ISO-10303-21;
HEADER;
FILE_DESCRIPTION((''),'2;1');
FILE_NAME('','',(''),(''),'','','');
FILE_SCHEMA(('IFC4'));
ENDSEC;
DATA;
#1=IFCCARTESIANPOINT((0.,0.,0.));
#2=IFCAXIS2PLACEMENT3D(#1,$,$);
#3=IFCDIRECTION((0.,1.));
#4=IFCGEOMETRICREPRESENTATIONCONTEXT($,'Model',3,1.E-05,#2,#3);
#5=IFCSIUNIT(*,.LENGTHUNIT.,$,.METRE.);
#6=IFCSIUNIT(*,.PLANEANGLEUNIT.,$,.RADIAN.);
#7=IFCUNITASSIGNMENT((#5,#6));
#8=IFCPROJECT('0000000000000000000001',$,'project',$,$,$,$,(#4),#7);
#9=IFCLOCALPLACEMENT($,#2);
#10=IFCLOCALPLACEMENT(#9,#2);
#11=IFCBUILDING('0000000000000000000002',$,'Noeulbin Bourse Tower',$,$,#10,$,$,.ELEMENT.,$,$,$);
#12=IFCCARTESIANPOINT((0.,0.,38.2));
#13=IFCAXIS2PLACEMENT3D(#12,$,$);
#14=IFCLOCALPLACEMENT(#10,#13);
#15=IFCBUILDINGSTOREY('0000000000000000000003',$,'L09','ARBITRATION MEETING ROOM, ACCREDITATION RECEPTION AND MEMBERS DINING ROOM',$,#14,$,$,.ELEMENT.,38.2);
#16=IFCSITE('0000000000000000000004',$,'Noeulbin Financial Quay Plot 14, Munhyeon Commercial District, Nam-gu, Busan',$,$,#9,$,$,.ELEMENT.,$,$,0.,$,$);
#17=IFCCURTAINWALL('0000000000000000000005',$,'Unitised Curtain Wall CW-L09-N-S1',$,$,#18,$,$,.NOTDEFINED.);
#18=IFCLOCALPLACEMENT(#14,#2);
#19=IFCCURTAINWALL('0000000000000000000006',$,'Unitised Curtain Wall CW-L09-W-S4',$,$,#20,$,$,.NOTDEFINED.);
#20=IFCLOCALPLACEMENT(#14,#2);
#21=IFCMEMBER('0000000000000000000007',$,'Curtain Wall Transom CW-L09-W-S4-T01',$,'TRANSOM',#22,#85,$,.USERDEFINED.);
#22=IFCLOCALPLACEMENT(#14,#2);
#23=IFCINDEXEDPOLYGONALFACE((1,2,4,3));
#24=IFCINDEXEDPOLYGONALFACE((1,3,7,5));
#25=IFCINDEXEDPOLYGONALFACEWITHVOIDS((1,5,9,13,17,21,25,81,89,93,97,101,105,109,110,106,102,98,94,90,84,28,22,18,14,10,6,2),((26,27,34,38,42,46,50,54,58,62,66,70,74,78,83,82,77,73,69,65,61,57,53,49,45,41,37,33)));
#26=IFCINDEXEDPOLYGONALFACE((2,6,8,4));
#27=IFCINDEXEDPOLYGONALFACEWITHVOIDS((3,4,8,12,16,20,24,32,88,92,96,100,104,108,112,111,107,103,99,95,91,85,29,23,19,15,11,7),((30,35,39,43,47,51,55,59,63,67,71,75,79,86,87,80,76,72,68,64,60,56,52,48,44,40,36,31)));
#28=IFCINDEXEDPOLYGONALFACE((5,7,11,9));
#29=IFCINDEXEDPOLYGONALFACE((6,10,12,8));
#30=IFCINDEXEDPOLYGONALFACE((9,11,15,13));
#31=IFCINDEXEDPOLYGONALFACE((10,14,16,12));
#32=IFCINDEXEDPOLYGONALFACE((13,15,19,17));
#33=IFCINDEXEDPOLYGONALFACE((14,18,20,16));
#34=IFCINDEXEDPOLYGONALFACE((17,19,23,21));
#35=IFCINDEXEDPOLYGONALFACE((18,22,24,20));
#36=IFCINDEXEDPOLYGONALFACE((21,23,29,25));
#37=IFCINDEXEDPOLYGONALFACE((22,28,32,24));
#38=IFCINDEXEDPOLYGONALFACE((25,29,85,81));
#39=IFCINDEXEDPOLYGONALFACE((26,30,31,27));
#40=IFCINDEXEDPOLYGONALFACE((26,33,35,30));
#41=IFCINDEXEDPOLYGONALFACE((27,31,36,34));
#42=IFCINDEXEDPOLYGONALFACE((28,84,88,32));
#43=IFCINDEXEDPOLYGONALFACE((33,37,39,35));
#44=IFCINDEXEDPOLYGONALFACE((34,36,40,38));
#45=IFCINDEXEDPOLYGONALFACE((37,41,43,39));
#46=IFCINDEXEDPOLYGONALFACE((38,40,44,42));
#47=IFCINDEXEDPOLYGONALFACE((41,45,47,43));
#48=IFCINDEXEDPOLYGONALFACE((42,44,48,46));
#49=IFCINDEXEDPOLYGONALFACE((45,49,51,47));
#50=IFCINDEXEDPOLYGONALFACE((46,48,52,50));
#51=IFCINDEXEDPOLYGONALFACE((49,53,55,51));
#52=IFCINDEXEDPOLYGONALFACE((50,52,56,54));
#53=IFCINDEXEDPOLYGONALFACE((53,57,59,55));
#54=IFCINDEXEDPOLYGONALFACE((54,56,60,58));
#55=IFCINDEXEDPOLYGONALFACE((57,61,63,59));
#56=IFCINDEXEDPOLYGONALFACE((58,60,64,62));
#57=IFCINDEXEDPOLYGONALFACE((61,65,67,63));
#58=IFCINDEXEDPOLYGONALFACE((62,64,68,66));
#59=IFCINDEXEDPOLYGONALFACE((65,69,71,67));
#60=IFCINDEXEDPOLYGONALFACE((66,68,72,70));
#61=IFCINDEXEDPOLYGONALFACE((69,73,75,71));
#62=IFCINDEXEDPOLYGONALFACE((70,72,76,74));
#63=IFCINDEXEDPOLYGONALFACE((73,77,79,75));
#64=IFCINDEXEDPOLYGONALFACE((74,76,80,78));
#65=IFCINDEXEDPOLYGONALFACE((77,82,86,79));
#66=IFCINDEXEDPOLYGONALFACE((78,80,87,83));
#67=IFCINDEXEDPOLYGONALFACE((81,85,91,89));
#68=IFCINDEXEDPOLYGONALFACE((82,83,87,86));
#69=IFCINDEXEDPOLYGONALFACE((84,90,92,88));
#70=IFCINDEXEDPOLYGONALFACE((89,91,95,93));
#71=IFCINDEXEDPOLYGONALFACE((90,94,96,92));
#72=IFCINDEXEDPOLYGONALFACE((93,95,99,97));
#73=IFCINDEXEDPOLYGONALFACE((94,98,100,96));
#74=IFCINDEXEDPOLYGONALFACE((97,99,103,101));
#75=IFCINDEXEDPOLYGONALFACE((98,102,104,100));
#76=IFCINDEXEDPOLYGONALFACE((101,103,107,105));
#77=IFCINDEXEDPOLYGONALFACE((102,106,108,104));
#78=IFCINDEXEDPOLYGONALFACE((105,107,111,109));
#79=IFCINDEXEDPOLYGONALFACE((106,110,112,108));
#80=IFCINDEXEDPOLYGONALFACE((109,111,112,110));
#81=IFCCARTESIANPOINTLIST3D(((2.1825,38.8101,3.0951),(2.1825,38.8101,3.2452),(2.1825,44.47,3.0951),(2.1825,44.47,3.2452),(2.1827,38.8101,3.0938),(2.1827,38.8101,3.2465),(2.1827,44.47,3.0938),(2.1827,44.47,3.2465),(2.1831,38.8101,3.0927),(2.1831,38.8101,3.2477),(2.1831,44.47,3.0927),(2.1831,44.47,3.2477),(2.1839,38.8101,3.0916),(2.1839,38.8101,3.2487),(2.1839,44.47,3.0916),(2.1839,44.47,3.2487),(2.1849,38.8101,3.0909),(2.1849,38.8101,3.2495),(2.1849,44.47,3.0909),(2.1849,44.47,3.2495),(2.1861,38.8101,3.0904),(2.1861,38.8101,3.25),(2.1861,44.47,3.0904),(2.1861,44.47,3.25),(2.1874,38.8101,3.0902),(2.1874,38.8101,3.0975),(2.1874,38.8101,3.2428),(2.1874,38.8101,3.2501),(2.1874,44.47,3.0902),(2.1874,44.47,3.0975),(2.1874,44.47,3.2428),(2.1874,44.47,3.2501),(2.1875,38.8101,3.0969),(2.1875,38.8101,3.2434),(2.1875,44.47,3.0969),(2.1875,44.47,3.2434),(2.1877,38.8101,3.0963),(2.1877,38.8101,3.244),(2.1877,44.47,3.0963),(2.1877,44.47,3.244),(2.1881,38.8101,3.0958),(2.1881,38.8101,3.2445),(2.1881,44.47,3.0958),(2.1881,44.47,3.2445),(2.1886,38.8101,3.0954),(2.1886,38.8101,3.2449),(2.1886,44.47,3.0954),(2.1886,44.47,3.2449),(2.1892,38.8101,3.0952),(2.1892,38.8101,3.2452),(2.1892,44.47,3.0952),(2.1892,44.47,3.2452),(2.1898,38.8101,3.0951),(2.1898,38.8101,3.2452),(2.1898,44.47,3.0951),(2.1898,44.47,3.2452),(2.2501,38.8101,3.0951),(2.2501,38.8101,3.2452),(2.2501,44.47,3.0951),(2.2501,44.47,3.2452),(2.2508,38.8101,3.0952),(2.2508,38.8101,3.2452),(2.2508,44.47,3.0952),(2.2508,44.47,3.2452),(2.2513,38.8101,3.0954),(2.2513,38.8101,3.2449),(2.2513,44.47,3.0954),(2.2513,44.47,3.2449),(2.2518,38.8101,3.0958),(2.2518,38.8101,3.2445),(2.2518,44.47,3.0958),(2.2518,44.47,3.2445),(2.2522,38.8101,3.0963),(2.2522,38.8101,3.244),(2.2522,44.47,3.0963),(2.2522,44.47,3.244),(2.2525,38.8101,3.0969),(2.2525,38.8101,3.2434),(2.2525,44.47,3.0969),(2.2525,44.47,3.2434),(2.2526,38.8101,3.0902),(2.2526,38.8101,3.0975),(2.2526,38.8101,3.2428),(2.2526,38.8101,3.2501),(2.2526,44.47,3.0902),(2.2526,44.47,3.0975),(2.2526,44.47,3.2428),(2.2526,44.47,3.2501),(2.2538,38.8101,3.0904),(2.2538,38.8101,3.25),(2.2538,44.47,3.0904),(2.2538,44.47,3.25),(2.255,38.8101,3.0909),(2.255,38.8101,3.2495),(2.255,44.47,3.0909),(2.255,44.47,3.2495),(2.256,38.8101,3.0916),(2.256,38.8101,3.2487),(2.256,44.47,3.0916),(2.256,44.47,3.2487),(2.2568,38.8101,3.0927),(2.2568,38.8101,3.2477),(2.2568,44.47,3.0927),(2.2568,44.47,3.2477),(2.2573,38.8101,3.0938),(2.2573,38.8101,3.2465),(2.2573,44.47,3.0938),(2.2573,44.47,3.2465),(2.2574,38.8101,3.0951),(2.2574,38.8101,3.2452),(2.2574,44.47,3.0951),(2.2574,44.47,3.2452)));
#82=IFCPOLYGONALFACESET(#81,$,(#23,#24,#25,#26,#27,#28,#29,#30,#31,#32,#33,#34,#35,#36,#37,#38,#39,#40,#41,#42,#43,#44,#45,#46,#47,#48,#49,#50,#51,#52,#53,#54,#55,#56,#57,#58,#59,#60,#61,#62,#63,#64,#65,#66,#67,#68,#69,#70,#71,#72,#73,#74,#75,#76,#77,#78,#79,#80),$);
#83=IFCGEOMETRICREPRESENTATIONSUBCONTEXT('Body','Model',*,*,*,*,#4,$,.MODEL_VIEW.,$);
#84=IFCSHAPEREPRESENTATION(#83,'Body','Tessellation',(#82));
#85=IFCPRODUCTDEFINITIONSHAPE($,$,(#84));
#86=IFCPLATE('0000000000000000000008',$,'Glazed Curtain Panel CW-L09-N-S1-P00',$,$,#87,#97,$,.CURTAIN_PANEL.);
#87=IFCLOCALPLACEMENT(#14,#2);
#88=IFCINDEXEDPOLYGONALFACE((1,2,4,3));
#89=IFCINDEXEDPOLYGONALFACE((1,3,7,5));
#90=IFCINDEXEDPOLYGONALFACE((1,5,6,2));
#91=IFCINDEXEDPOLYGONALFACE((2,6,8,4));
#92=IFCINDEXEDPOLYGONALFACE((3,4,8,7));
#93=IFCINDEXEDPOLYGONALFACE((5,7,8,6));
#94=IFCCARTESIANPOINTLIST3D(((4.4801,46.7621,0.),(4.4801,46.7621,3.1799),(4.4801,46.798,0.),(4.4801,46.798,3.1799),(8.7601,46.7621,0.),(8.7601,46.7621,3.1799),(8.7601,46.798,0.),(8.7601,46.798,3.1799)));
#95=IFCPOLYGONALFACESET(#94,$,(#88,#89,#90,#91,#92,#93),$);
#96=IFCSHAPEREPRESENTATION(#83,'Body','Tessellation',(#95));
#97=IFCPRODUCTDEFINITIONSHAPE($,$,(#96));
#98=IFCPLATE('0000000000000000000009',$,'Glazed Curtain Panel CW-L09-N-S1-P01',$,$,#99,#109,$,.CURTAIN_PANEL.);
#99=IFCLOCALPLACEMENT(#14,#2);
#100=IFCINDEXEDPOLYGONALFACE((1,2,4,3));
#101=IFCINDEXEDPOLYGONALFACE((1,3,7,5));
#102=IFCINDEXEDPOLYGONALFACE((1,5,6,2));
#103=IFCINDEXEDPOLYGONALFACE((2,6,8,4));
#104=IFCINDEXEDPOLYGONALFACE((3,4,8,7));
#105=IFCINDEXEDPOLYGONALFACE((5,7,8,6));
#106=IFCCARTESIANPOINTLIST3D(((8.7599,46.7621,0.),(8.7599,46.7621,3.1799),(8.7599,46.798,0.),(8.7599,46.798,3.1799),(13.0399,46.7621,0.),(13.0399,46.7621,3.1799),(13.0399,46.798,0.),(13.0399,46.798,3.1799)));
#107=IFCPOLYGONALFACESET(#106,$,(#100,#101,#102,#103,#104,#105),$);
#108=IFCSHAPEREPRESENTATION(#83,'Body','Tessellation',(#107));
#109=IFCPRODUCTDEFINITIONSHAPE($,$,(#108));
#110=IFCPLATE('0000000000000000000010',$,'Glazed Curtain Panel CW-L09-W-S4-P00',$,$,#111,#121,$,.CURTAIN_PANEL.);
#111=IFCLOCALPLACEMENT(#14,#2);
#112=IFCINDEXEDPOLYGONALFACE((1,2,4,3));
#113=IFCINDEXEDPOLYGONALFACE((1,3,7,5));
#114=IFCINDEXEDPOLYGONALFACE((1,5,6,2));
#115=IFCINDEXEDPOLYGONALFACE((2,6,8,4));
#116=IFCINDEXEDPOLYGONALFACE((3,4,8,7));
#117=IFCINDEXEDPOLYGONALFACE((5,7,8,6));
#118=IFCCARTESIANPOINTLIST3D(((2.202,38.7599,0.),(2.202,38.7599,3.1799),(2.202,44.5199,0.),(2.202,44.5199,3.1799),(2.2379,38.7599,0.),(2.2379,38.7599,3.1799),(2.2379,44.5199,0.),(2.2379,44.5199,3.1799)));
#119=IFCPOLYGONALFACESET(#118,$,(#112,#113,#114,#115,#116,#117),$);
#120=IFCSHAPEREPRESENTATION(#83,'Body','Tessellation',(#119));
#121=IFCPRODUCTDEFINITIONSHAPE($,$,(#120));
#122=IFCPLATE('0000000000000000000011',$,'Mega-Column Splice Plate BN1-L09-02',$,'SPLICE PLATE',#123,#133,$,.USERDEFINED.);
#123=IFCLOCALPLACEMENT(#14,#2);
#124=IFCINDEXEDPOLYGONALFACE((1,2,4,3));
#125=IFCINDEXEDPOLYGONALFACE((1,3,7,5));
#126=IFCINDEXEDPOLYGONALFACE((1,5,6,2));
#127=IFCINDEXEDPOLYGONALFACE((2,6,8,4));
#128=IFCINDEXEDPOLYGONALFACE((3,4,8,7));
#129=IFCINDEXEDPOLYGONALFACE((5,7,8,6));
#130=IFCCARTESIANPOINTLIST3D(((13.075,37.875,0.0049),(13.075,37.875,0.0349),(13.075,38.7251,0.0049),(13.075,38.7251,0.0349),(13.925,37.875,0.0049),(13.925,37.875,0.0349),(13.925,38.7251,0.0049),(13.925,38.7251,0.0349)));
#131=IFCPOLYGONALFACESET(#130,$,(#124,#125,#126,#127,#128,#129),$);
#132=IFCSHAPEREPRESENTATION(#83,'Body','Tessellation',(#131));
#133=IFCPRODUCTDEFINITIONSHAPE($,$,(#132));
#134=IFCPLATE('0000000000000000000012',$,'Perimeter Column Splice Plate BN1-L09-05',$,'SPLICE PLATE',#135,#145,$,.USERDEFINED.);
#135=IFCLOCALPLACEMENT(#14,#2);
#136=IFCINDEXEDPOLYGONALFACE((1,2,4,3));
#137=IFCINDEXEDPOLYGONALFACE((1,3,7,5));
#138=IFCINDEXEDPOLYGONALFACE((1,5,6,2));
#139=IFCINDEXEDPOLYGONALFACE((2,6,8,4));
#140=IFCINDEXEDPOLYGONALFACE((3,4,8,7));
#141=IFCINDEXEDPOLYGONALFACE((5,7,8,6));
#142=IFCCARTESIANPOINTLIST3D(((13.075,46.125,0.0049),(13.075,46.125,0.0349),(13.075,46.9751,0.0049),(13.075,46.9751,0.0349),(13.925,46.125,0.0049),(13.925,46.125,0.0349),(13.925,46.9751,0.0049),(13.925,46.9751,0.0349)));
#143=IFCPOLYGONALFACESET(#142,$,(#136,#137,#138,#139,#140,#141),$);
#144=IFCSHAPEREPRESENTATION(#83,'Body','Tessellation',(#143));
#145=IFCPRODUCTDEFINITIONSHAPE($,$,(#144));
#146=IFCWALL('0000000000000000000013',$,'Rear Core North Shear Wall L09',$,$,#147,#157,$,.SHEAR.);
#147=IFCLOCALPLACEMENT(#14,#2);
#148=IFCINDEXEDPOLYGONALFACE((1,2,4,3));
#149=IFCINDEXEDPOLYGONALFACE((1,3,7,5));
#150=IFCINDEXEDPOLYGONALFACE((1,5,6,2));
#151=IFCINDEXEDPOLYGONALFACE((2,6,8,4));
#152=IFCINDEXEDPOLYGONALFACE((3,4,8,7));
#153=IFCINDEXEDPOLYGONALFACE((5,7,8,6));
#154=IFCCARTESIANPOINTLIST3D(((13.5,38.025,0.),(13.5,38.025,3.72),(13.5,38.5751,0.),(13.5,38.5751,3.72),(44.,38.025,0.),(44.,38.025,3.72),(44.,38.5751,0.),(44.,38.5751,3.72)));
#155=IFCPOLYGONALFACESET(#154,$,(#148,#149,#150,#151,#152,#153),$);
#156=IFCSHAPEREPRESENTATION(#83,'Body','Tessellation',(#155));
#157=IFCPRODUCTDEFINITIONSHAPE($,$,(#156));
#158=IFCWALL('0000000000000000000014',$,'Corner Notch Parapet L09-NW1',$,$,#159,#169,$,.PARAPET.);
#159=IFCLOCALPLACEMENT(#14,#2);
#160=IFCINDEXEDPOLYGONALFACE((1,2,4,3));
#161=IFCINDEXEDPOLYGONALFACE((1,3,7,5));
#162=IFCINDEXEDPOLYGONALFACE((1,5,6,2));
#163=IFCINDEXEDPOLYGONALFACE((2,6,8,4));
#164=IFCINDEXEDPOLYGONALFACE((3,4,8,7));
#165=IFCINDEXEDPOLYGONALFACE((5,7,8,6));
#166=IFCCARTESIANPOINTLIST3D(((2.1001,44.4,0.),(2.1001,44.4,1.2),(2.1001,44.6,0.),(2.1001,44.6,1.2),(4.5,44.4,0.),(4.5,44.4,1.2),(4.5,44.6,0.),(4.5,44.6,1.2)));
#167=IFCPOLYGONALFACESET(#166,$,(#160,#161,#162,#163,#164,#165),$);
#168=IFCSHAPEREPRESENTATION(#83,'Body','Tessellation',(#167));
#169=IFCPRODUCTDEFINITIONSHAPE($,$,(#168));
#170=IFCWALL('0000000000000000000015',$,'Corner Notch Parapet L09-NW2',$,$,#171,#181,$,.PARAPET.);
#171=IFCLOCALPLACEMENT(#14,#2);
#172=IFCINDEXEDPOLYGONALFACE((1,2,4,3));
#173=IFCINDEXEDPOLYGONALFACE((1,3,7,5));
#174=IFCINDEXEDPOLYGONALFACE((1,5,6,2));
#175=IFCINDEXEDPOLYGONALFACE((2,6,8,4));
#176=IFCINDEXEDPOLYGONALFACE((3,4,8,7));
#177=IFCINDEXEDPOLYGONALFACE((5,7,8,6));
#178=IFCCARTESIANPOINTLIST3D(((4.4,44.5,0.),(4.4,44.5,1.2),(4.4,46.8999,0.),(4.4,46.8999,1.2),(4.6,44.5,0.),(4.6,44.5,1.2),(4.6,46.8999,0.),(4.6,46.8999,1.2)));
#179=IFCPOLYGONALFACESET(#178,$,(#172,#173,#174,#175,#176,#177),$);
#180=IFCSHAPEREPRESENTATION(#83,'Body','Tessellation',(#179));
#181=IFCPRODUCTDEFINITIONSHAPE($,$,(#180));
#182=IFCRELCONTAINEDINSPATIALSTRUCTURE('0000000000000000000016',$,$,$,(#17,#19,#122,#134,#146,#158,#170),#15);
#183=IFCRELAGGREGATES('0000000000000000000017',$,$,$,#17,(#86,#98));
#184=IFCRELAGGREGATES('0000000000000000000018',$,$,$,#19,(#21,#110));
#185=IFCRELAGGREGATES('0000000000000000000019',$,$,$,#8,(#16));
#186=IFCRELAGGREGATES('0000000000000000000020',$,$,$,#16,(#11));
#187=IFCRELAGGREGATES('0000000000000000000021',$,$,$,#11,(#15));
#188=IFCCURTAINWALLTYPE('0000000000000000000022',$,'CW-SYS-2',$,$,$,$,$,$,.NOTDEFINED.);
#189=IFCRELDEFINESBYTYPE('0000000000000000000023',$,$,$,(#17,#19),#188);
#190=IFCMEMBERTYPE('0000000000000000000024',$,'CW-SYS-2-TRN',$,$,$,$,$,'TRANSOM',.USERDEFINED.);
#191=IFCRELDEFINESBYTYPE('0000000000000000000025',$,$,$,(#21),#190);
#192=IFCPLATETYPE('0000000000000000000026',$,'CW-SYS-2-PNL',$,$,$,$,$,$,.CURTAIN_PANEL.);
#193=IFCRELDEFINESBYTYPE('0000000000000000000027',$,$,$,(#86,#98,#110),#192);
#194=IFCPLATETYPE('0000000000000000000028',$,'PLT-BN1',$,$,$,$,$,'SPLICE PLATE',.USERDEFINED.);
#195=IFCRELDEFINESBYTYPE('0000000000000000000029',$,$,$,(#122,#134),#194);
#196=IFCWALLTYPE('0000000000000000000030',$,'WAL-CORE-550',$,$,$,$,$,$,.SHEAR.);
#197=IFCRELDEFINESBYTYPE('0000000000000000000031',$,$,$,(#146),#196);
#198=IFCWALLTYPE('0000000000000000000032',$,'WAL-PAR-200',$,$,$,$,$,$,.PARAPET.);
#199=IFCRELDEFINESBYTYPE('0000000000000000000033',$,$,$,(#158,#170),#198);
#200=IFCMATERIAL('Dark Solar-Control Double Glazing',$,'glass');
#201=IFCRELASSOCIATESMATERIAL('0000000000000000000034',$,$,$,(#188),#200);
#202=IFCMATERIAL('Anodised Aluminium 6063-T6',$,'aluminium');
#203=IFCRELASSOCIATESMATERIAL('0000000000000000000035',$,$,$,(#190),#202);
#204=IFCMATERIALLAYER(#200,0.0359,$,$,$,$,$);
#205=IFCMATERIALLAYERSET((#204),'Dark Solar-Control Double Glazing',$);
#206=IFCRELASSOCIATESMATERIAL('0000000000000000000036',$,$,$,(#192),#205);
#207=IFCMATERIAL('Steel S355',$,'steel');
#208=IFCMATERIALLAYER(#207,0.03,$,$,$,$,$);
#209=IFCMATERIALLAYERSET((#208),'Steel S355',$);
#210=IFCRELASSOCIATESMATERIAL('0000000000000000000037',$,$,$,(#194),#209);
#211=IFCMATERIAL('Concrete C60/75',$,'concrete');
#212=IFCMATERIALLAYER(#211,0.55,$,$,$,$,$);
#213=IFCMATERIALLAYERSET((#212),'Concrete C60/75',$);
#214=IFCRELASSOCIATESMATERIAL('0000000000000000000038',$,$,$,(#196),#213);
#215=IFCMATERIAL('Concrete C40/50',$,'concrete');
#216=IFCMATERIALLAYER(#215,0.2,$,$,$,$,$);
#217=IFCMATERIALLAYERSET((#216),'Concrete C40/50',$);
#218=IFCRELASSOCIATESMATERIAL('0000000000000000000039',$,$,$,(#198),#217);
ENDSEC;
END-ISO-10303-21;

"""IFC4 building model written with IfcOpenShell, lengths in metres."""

from ifc_helpers import new_model, si_unit, direction, frame, frame_2d, origin, origin_2d, place, context, subcontext, project, spatial, rectangle, hollow_rectangle, extrude, material, layer, layer_set, material_profile, profile_set, type_object, element, aggregate, save


model = new_model("IFC4")

# Units and contexts
model_context = context("Model", 3, precision=1e-05, world=origin(), true_north=direction((0.0, 1.0)))
body_context = subcontext(model_context, "Body", "Model", "MODEL_VIEW")
ifc_project = project(units=[si_unit("LENGTHUNIT", "METRE"), si_unit("PLANEANGLEUNIT", "RADIAN")], contexts=[model_context])

# Site, building, storey
site_placement = place(None, origin())
site = spatial("IfcSite", under=ifc_project, at=site_placement, Name="Noeulbin Financial Quay Plot 14, Munhyeon Commercial District, Nam-gu, Busan", CompositionType="ELEMENT", RefElevation=0.0)
building_placement = place(site_placement, origin())
building = spatial("IfcBuilding", under=site, at=building_placement, Name="Noeulbin Bourse Tower", CompositionType="ELEMENT")
storey_placement = place(building_placement, frame((0.0, 0.0, 38.2)))
storey = spatial("IfcBuildingStorey", under=building, at=storey_placement, Name="L09", Description="ARBITRATION MEETING ROOM, ACCREDITATION RECEPTION AND MEMBERS DINING ROOM", CompositionType="ELEMENT", Elevation=38.2)

# Shared definitions
ifc_material_1 = material(Name="Steel S355", Category="steel")

# Curtain wall
ifc_material_2 = material(Name="Dark Solar-Control Double Glazing", Category="glass")
curtain_wall_type = type_object("IfcCurtainWallType", Name="CW-SYS-2", PredefinedType="NOTDEFINED", material=ifc_material_2)
curtain_wall_1_placement = place(storey_placement, origin())
curtain_wall_1 = element("IfcCurtainWall", 1, at=curtain_wall_1_placement, inside=storey, type_object=curtain_wall_type, Name="Unitised Curtain Wall CW-L09-N-S1", PredefinedType="NOTDEFINED")
ifc_material_3 = material(Name="Anodised Aluminium 6063-T6", Category="aluminium")

# Curtain wall
curtain_wall_2_placement = place(storey_placement, origin())
curtain_wall_2 = element("IfcCurtainWall", 2, at=curtain_wall_2_placement, inside=storey, type_object=curtain_wall_type, Name="Unitised Curtain Wall CW-L09-W-S4", PredefinedType="NOTDEFINED")

# Member
ifc_material_profile_1 = material_profile(ifc_material_3, hollow_rectangle(XDim=0.075, YDim=0.1599, WallThickness=0.0049, InnerFilletRadius=0.0024, OuterFilletRadius=0.0049, at=origin_2d()), Name="ALU-TRAN-75x160x5", Category="LoadBearing")
ifc_profile_set_1 = profile_set([ifc_material_profile_1], Name="Anodised Aluminium 6063-T6")
member_type_1 = type_object("IfcMemberType", Name="CW-SYS-2-TRN", ElementType="TRANSOM", PredefinedType="USERDEFINED", material=ifc_profile_set_1)
member_1_placement = place(storey_placement, frame((2.22, 38.8101, 3.1702), z_axis=(0.0, 1.0, 0.0), x_axis=(-1.0, 0.0, 0.0)))
member_1 = element("IfcMember", 3, at=member_1_placement, type_object=member_type_1, Name="Curtain Wall Transom CW-L09-W-S4-T01", ObjectType="TRANSOM", PredefinedType="USERDEFINED", context=body_context, shape_type="SweptSolid", body=[
    extrude(hollow_rectangle(XDim=0.075, YDim=0.1599, WallThickness=0.0049, InnerFilletRadius=0.0024, OuterFilletRadius=0.0049, at=origin_2d()), origin(), (0.0, 0.0, 1.0), 5.6599),
])

# Plates
ifc_layer_1 = layer(ifc_material_2, 0.0359)
ifc_layer_set_1 = layer_set([ifc_layer_1], Name="Dark Solar-Control Double Glazing")
plate_type_1 = type_object("IfcPlateType", Name="CW-SYS-2-PNL", PredefinedType="CURTAIN_PANEL", material=ifc_layer_set_1)
plate_1_placement = place(storey_placement, frame((6.6201, 46.78, 0.0), z_axis=(0.0, 0.0, 1.0), x_axis=(1.0, 0.0, 0.0)))
plate_1 = element("IfcPlate", 4, at=plate_1_placement, type_object=plate_type_1, Name="Glazed Curtain Panel CW-L09-N-S1-P00", PredefinedType="CURTAIN_PANEL", context=body_context, shape_type="SweptSolid", body=[
    extrude(rectangle(XDim=4.28, YDim=0.0359, at=origin_2d()), origin(), (0.0, 0.0, 1.0), 3.1799),
])
plate_2_placement = place(storey_placement, frame((10.8999, 46.78, 0.0), z_axis=(0.0, 0.0, 1.0), x_axis=(1.0, 0.0, 0.0)))
plate_2 = element("IfcPlate", 5, at=plate_2_placement, type_object=plate_type_1, Name="Glazed Curtain Panel CW-L09-N-S1-P01", PredefinedType="CURTAIN_PANEL", context=body_context, shape_type="SweptSolid", body=[
    extrude(rectangle(XDim=4.28, YDim=0.0359, at=origin_2d()), origin(), (0.0, 0.0, 1.0), 3.1799),
])
aggregate(curtain_wall_1, [plate_1, plate_2])
plate_3_placement = place(storey_placement, frame((2.22, 41.6399, 0.0), z_axis=(0.0, 0.0, 1.0), x_axis=(0.0, 1.0, 0.0)))
plate_3 = element("IfcPlate", 6, at=plate_3_placement, type_object=plate_type_1, Name="Glazed Curtain Panel CW-L09-W-S4-P00", PredefinedType="CURTAIN_PANEL", context=body_context, shape_type="SweptSolid", body=[
    extrude(rectangle(XDim=5.76, YDim=0.0359, at=origin_2d()), origin(), (0.0, 0.0, 1.0), 3.1799),
])
aggregate(curtain_wall_2, [member_1, plate_3])

# Plates
ifc_layer_2 = layer(ifc_material_1, 0.03)
ifc_layer_set_2 = layer_set([ifc_layer_2], Name="Steel S355")
plate_type_2 = type_object("IfcPlateType", Name="PLT-BN1", ElementType="SPLICE PLATE", PredefinedType="USERDEFINED", material=ifc_layer_set_2)
for number, where, z_axis, x_axis, name in (
    (7, (13.5, 38.3, 0.0049), (0.0, 0.0, 1.0), (1.0, 0.0, 0.0), "Mega-Column Splice Plate BN1-L09-02"),
    (8, (13.5, 46.55, 0.0049), (0.0, 0.0, 1.0), (1.0, 0.0, 0.0), "Perimeter Column Splice Plate BN1-L09-05"),
):
    element("IfcPlate", number, at=place(storey_placement, frame(where, z_axis=z_axis, x_axis=x_axis)), inside=storey, type_object=plate_type_2, Name=name, ObjectType="SPLICE PLATE", PredefinedType="USERDEFINED", context=body_context, shape_type="SweptSolid", body=[
        extrude(rectangle(XDim=0.8501, YDim=0.8501, at=origin_2d()), origin(), (0.0, 0.0, 1.0), 0.03),
    ])

# Walls
ifc_material_4 = material(Name="Concrete C60/75", Category="concrete")
ifc_layer_3 = layer(ifc_material_4, 0.55)
ifc_layer_set_3 = layer_set([ifc_layer_3], Name="Concrete C60/75")
wall_type_1 = type_object("IfcWallType", Name="WAL-CORE-550", PredefinedType="SHEAR", material=ifc_layer_set_3)
wall_1_placement = place(storey_placement, frame((13.5, 38.3, 0.0), z_axis=(0.0, 0.0, 1.0), x_axis=(1.0, 0.0, 0.0)))
element("IfcWall", 9, at=wall_1_placement, inside=storey, type_object=wall_type_1, Name="Rear Core North Shear Wall L09", PredefinedType="SHEAR", context=body_context, shape_type="SweptSolid", body=[
    extrude(rectangle(XDim=30.5, YDim=0.55, at=frame_2d((15.25, 0.0))), origin(), (0.0, 0.0, 1.0), 3.72),
])
ifc_material_5 = material(Name="Concrete C40/50", Category="concrete")
ifc_layer_4 = layer(ifc_material_5, 0.2)
ifc_layer_set_4 = layer_set([ifc_layer_4], Name="Concrete C40/50")
wall_type_2 = type_object("IfcWallType", Name="WAL-PAR-200", PredefinedType="PARAPET", material=ifc_layer_set_4)
for number, where, z_axis, x_axis, name in (
    (10, (2.1001, 44.5, 0.0), (0.0, 0.0, 1.0), (1.0, 0.0, 0.0), "Corner Notch Parapet L09-NW1"),
    (11, (4.5, 44.5, 0.0), (0.0, 0.0, 1.0), (0.0, 1.0, 0.0), "Corner Notch Parapet L09-NW2"),
):
    element("IfcWall", number, at=place(storey_placement, frame(where, z_axis=z_axis, x_axis=x_axis)), inside=storey, type_object=wall_type_2, Name=name, PredefinedType="PARAPET", context=body_context, shape_type="SweptSolid", body=[
        extrude(rectangle(XDim=2.3999, YDim=0.2, at=frame_2d((1.2, 0.0))), origin(), (0.0, 0.0, 1.0), 1.2),
    ])

save(model, "model.ifc")
